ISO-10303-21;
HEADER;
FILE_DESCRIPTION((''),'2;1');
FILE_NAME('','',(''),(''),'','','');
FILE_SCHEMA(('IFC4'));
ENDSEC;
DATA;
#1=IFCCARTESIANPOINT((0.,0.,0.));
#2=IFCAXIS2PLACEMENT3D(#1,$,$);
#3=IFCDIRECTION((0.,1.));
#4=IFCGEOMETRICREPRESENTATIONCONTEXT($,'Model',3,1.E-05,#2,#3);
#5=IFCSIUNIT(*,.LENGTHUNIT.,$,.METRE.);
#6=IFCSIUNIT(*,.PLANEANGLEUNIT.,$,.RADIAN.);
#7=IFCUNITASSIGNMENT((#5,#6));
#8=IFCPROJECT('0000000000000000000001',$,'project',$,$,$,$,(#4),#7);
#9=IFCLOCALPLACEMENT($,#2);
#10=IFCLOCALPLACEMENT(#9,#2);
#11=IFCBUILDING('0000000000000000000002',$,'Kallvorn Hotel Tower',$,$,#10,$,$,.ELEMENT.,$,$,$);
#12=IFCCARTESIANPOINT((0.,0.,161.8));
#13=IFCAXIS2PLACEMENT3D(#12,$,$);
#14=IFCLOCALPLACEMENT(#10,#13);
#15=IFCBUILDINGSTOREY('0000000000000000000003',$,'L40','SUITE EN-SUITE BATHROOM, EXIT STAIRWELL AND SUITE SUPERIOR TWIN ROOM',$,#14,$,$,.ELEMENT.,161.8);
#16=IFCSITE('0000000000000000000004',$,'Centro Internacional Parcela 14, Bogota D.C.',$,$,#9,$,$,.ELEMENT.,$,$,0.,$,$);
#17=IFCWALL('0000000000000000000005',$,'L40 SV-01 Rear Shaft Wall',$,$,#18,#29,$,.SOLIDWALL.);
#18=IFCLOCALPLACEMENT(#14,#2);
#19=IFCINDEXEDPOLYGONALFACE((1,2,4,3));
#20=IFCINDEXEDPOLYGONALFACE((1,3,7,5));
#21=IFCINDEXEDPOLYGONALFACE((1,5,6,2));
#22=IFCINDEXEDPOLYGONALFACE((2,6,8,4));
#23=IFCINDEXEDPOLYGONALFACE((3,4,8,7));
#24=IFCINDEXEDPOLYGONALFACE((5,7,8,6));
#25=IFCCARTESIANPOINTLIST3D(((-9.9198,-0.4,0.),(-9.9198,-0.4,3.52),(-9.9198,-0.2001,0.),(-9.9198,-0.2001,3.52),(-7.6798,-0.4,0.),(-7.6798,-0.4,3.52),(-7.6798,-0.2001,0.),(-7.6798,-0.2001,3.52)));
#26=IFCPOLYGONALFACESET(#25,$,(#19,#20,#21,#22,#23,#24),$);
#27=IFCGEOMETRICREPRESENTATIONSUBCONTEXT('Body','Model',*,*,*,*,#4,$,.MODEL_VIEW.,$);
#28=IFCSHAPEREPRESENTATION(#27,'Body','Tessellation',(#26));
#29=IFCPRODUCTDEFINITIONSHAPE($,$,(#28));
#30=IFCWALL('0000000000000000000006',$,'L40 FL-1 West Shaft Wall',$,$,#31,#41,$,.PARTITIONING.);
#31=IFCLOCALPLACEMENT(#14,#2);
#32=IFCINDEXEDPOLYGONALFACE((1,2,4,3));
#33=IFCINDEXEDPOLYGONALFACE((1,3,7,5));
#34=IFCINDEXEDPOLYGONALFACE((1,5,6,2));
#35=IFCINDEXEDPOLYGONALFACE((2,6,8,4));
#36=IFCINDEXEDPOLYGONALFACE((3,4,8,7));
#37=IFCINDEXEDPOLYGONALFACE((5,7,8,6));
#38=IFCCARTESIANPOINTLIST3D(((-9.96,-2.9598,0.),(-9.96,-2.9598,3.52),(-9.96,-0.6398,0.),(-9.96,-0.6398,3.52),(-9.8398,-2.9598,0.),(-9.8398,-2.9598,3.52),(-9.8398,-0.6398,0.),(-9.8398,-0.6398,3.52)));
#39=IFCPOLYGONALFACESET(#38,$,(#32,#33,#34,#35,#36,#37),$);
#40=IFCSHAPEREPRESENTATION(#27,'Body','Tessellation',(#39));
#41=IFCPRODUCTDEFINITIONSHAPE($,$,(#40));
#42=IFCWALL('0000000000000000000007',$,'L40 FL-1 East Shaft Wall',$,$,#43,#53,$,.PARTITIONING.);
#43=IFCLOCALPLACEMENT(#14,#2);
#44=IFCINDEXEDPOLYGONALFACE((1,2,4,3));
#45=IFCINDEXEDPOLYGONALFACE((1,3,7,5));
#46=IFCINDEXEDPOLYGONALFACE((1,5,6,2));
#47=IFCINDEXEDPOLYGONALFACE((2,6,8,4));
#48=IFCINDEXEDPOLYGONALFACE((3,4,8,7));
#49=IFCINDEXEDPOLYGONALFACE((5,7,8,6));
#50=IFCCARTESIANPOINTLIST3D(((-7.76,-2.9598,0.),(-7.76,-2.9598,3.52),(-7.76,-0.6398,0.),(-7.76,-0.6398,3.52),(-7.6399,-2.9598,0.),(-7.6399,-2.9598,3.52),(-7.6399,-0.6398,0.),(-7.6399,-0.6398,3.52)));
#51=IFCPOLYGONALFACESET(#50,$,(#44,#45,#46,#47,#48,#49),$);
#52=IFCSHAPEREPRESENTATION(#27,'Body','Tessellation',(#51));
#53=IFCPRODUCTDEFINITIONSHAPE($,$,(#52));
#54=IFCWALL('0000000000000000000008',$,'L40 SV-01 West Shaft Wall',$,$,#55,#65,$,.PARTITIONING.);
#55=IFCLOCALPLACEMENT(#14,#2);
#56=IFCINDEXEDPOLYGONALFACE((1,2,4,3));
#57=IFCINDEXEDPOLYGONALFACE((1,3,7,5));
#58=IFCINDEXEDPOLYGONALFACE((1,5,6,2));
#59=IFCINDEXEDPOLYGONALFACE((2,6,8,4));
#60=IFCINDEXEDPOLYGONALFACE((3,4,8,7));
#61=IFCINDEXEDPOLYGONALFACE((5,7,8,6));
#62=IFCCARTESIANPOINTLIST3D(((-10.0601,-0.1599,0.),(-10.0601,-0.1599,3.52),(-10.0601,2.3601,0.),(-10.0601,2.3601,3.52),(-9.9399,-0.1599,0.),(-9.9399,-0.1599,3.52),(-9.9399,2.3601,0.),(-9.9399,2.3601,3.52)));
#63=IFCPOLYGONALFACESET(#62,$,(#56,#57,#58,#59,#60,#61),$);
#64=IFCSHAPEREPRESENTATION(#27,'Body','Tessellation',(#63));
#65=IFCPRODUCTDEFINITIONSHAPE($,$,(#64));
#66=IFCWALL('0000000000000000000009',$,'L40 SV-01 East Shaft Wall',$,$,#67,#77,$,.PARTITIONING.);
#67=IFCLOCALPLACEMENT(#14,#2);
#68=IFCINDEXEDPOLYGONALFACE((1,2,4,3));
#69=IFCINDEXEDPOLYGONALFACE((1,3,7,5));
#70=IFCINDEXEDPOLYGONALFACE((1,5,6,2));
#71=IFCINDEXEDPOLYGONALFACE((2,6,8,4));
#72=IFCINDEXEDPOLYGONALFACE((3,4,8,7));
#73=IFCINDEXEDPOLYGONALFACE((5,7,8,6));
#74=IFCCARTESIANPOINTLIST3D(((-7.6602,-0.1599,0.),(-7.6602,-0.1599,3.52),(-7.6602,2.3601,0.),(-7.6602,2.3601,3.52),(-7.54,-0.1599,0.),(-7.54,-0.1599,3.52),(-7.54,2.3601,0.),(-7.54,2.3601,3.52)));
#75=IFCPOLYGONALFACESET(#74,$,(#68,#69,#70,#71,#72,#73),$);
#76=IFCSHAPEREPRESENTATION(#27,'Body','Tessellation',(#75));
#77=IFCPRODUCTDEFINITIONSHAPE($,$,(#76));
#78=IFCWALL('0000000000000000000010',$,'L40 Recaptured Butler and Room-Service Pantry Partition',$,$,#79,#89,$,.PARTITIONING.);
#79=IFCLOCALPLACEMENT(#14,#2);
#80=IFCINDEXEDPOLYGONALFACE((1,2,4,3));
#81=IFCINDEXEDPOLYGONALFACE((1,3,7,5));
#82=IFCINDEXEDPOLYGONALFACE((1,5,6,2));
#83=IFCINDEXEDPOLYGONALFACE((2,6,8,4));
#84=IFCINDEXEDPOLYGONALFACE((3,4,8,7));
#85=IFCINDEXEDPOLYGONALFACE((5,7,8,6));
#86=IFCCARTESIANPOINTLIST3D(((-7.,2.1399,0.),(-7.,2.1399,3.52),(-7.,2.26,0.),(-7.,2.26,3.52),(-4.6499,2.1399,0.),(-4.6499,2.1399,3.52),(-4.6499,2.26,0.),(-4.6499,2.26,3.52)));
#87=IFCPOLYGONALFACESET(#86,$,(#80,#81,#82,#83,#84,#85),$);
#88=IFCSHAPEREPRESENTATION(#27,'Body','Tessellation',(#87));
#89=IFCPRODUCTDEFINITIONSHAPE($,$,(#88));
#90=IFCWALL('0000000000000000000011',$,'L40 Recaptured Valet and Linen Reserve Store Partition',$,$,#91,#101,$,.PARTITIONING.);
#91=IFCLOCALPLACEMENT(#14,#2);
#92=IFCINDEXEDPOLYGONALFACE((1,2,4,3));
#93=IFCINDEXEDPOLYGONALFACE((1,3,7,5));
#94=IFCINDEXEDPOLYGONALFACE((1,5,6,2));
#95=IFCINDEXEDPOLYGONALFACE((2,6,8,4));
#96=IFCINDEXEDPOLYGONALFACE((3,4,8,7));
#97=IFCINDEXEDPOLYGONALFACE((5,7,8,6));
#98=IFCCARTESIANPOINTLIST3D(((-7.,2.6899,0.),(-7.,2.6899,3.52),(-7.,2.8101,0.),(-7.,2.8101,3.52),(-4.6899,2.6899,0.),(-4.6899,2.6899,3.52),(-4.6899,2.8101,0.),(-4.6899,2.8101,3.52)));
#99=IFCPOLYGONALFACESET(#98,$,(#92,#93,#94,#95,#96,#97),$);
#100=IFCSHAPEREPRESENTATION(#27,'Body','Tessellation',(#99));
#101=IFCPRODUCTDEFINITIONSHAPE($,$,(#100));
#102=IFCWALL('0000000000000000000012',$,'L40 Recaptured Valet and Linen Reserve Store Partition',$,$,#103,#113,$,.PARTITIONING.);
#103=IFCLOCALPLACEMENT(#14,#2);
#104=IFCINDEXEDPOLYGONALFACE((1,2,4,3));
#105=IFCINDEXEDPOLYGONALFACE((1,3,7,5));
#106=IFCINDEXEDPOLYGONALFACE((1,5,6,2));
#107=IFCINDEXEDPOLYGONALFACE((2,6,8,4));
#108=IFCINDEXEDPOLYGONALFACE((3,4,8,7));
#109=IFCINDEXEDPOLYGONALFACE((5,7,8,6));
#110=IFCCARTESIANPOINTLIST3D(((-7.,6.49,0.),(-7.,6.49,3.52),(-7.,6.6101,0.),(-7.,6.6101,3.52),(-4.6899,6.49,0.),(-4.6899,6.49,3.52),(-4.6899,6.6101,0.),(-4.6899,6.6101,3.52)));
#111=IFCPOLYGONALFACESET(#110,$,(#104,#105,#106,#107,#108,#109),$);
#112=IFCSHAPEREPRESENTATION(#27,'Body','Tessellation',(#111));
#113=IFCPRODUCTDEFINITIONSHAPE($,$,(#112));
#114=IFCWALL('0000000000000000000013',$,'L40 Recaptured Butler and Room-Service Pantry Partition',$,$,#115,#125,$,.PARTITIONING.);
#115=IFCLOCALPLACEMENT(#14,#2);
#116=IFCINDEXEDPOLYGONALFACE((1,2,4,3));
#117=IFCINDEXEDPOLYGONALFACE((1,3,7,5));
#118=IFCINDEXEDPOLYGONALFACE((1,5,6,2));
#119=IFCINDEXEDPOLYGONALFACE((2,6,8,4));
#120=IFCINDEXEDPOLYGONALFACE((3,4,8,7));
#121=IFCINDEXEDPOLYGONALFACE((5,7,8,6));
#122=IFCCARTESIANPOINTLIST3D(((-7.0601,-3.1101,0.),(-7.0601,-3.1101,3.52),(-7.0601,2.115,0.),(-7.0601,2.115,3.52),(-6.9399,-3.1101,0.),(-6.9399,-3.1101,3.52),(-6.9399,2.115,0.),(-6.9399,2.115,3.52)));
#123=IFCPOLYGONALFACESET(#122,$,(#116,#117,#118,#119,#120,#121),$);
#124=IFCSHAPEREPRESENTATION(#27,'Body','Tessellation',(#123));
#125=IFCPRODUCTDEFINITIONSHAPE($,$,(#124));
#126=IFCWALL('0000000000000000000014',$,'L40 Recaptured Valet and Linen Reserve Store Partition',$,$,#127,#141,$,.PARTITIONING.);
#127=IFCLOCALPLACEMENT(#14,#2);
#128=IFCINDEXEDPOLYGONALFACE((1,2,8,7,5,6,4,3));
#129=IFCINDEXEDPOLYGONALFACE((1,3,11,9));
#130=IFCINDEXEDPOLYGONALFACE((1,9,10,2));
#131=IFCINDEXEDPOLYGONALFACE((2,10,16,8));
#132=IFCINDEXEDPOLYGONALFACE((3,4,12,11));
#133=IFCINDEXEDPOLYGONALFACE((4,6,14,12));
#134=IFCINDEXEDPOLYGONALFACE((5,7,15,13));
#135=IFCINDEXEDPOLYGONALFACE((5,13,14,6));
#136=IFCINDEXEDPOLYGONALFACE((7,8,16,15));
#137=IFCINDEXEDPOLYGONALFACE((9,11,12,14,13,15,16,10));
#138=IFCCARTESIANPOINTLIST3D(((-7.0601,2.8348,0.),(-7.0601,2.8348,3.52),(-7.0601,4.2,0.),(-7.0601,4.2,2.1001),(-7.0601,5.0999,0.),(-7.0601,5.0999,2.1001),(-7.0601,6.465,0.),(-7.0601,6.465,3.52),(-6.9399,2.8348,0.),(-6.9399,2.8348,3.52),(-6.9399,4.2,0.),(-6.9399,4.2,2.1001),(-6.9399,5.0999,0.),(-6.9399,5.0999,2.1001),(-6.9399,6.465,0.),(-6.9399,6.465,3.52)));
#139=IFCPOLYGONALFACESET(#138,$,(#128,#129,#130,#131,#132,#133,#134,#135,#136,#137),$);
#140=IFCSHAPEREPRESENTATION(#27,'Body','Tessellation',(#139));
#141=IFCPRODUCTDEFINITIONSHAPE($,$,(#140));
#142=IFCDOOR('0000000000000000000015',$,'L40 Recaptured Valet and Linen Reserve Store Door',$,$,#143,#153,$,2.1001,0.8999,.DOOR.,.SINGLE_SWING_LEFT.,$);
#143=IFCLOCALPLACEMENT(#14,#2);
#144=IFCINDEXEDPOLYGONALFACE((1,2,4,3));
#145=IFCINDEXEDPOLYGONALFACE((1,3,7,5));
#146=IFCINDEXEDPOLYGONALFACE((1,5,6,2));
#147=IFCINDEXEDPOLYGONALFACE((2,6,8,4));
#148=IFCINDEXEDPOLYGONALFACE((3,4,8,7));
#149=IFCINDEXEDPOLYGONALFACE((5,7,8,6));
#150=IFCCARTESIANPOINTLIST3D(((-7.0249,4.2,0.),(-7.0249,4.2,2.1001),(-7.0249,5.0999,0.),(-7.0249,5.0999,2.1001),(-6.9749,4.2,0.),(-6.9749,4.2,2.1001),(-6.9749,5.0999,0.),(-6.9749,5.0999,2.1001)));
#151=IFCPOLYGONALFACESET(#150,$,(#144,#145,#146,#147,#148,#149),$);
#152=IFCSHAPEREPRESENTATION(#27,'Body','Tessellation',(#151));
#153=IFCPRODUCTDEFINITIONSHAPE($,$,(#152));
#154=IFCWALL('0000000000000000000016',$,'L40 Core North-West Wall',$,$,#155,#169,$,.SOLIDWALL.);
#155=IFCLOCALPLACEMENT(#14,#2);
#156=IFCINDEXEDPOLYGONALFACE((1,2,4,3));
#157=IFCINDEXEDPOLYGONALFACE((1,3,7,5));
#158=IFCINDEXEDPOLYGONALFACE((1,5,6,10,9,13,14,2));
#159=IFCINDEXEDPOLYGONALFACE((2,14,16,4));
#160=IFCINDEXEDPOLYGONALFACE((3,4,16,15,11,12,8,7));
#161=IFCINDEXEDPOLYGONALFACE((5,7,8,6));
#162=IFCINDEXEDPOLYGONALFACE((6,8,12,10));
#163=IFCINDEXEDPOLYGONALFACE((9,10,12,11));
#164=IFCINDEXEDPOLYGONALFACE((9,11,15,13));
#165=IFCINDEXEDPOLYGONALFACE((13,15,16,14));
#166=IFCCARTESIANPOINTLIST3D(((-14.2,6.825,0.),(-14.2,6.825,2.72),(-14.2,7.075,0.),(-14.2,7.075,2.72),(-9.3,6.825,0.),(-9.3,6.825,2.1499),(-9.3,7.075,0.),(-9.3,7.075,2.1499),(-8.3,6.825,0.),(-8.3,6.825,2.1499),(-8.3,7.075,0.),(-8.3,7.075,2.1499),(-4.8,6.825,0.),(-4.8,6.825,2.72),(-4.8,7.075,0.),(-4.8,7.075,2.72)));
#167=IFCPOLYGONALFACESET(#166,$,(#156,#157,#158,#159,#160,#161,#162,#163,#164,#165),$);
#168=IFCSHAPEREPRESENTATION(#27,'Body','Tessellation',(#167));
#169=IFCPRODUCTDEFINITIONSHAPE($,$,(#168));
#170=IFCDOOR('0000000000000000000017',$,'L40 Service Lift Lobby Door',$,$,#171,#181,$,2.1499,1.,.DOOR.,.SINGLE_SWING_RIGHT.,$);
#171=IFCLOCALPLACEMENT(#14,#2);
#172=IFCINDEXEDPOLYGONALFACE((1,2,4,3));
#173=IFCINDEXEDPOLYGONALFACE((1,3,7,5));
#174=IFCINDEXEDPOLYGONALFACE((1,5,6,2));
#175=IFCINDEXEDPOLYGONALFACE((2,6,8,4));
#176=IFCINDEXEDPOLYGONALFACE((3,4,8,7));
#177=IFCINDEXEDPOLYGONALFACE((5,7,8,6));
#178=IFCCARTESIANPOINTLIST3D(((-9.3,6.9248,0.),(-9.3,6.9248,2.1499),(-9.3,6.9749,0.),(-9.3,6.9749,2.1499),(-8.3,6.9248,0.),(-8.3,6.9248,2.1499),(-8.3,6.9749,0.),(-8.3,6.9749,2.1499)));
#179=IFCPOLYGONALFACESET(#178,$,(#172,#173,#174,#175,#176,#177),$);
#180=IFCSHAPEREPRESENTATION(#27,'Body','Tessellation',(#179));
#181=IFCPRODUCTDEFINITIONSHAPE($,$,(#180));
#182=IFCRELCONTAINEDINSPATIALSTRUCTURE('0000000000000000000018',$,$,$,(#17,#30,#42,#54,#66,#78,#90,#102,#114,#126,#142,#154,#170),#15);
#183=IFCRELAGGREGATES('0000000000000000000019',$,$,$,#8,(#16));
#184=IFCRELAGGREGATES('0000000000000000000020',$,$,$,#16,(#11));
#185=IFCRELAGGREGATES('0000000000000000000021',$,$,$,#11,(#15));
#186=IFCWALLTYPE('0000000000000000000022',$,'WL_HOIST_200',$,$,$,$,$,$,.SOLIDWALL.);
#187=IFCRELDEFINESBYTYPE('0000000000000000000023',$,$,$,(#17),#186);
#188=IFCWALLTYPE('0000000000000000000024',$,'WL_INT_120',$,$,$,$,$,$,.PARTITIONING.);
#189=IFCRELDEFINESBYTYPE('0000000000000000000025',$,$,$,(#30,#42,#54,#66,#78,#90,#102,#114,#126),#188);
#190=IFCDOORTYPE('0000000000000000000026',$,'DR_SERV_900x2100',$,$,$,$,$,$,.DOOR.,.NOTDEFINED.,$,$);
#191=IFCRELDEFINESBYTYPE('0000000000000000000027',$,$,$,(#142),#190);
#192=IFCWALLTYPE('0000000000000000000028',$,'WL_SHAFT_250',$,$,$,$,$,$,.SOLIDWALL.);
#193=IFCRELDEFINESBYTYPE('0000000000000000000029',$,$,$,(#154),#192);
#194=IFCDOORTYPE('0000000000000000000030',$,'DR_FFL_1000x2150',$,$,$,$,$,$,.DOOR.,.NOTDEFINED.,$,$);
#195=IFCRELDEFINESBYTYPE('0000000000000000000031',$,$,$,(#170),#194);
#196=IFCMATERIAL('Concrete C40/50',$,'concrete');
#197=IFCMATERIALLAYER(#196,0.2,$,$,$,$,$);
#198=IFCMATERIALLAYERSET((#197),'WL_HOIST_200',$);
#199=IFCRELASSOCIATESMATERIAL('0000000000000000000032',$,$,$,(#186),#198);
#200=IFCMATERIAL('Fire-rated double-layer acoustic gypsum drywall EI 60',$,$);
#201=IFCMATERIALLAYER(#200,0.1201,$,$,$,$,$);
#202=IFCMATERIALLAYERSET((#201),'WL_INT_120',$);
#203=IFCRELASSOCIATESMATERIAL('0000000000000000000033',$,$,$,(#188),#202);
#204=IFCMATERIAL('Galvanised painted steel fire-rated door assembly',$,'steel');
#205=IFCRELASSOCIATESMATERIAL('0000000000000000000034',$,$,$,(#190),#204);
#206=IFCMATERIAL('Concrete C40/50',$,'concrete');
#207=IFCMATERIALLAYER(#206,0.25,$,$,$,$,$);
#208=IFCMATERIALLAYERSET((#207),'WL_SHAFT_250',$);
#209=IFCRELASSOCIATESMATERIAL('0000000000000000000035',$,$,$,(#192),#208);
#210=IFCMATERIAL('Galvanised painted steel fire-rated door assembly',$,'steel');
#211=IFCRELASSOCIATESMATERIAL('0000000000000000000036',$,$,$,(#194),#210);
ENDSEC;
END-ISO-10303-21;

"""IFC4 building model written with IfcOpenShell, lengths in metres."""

from ifc_helpers import new_model, si_unit, direction, frame, frame_2d, origin, place, context, subcontext, project, spatial, rectangle, extrude, material, layer, layer_set, type_object, element, fill, save


model = new_model("IFC4")

# Units and contexts
model_context = context("Model", 3, precision=1e-05, world=origin(), true_north=direction((0.0, 1.0)))
body_context = subcontext(model_context, "Body", "Model", "MODEL_VIEW")
ifc_project = project(units=[si_unit("LENGTHUNIT", "METRE"), si_unit("PLANEANGLEUNIT", "RADIAN")], contexts=[model_context])

# Site, building, storey
site_placement = place(None, origin())
site = spatial("IfcSite", under=ifc_project, at=site_placement, Name="Centro Internacional Parcela 14, Bogota D.C.", CompositionType="ELEMENT", RefElevation=0.0)
building_placement = place(site_placement, origin())
building = spatial("IfcBuilding", under=site, at=building_placement, Name="Kallvorn Hotel Tower", CompositionType="ELEMENT")
storey_placement = place(building_placement, frame((0.0, 0.0, 161.8)))
storey = spatial("IfcBuildingStorey", under=building, at=storey_placement, Name="L40", Description="SUITE EN-SUITE BATHROOM, EXIT STAIRWELL AND SUITE SUPERIOR TWIN ROOM", CompositionType="ELEMENT", Elevation=161.8)

# Shared definitions
ifc_material_1 = material(Name="Concrete C40/50", Category="concrete")
ifc_layer_1 = layer(ifc_material_1, 0.2)
ifc_layer_set_1 = layer_set([ifc_layer_1], Name="WL_HOIST_200")
wall_type_1 = type_object("IfcWallType", Name="WL_HOIST_200", PredefinedType="SOLIDWALL", material=ifc_layer_set_1)

# Walls
wall_1_placement = place(storey_placement, frame((-9.9199, -0.3, 0.0), z_axis=(0.0, 0.0, 1.0), x_axis=(1.0, 0.0, 0.0)))
element("IfcWall", 1, at=wall_1_placement, inside=storey, type_object=wall_type_1, Name="L40 SV-01 Rear Shaft Wall", PredefinedType="SOLIDWALL", context=body_context, shape_type="SweptSolid", body=[
    extrude(rectangle(XDim=2.24, YDim=0.2, at=frame_2d((1.1201, 0.0))), origin(), (0.0, 0.0, 1.0), 3.52),
])
ifc_material_2 = material(Name="Fire-rated double-layer acoustic gypsum drywall EI 60")
ifc_layer_2 = layer(ifc_material_2, 0.1201)
ifc_layer_set_2 = layer_set([ifc_layer_2], Name="WL_INT_120")
wall_type_2 = type_object("IfcWallType", Name="WL_INT_120", PredefinedType="PARTITIONING", material=ifc_layer_set_2)
for number, where, z_axis, x_axis, name in (
    (2, (-9.8999, -2.96, 0.0), (0.0, 0.0, 1.0), (0.0, 1.0, 0.0), "L40 FL-1 West Shaft Wall"),
    (3, (-7.7, -2.96, 0.0), (0.0, 0.0, 1.0), (0.0, 1.0, 0.0), "L40 FL-1 East Shaft Wall"),
):
    element("IfcWall", number, at=place(storey_placement, frame(where, z_axis=z_axis, x_axis=x_axis)), inside=storey, type_object=wall_type_2, Name=name, PredefinedType="PARTITIONING", context=body_context, shape_type="SweptSolid", body=[
        extrude(rectangle(XDim=2.3201, YDim=0.1201, at=frame_2d((1.1602, 0.0))), origin(), (0.0, 0.0, 1.0), 3.52),
    ])
for number, where, z_axis, x_axis, name in (
    (4, (-10.0, -0.1599, 0.0), (0.0, 0.0, 1.0), (0.0, 1.0, 0.0), "L40 SV-01 West Shaft Wall"),
    (5, (-7.6001, -0.1599, 0.0), (0.0, 0.0, 1.0), (0.0, 1.0, 0.0), "L40 SV-01 East Shaft Wall"),
):
    element("IfcWall", number, at=place(storey_placement, frame(where, z_axis=z_axis, x_axis=x_axis)), inside=storey, type_object=wall_type_2, Name=name, PredefinedType="PARTITIONING", context=body_context, shape_type="SweptSolid", body=[
        extrude(rectangle(XDim=2.52, YDim=0.1201, at=frame_2d((1.26, 0.0))), origin(), (0.0, 0.0, 1.0), 3.52),
    ])
wall_2_placement = place(storey_placement, frame((-7.0, 2.2, 0.0), z_axis=(0.0, 0.0, 1.0), x_axis=(1.0, 0.0, 0.0)))
element("IfcWall", 6, at=wall_2_placement, inside=storey, type_object=wall_type_2, Name="L40 Recaptured Butler and Room-Service Pantry Partition", PredefinedType="PARTITIONING", context=body_context, shape_type="SweptSolid", body=[
    extrude(rectangle(XDim=2.3501, YDim=0.1201, at=frame_2d((1.175, 0.0))), origin(), (0.0, 0.0, 1.0), 3.52),
])
for number, where, z_axis, x_axis, name in (
    (7, (-7.0, 2.75, 0.0), (0.0, 0.0, 1.0), (1.0, 0.0, 0.0), "L40 Recaptured Valet and Linen Reserve Store Partition"),
    (8, (-7.0, 6.55, 0.0), (0.0, 0.0, 1.0), (1.0, 0.0, 0.0), "L40 Recaptured Valet and Linen Reserve Store Partition"),
):
    element("IfcWall", number, at=place(storey_placement, frame(where, z_axis=z_axis, x_axis=x_axis)), inside=storey, type_object=wall_type_2, Name=name, PredefinedType="PARTITIONING", context=body_context, shape_type="SweptSolid", body=[
        extrude(rectangle(XDim=2.3101, YDim=0.1201, at=frame_2d((1.155, 0.0))), origin(), (0.0, 0.0, 1.0), 3.52),
    ])
wall_3_placement = place(storey_placement, frame((-7.0, -3.1101, 0.0), z_axis=(0.0, 0.0, 1.0), x_axis=(0.0, 1.0, 0.0)))
element("IfcWall", 9, at=wall_3_placement, inside=storey, type_object=wall_type_2, Name="L40 Recaptured Butler and Room-Service Pantry Partition", PredefinedType="PARTITIONING", context=body_context, shape_type="SweptSolid", body=[
    extrude(rectangle(XDim=5.2251, YDim=0.1201, at=frame_2d((2.6125, 0.0))), origin(), (0.0, 0.0, 1.0), 3.52),
])

# Walls, openings, doors
wall_4_placement = place(storey_placement, frame((-7.0, 2.835, 0.0), z_axis=(0.0, 0.0, 1.0), x_axis=(0.0, 1.0, 0.0)))
wall_4 = element("IfcWall", 10, at=wall_4_placement, inside=storey, type_object=wall_type_2, Name="L40 Recaptured Valet and Linen Reserve Store Partition", PredefinedType="PARTITIONING", context=body_context, shape_type="SweptSolid", body=[
    extrude(rectangle(XDim=3.6301, YDim=0.1201, at=frame_2d((1.8149, 0.0))), origin(), (0.0, 0.0, 1.0), 3.52),
])
opening_1_placement = place(wall_4_placement, frame((1.365, 0.0, 0.0)))
opening_1 = element("IfcOpeningElement", 11, at=opening_1_placement, cuts=wall_4, PredefinedType="OPENING", context=body_context, shape_type="SweptSolid", body=[
    extrude(rectangle(XDim=0.8999, YDim=2.1001, at=frame_2d((0.45, 1.05))), frame((0.0, 0.075, 0.0), z_axis=(0.0, -1.0, 0.0), x_axis=(1.0, 0.0, 0.0)), (0.0, 0.0, 1.0), 0.1501),
])
ifc_material_3 = material(Name="Galvanised painted steel fire-rated door assembly", Category="steel")
door_type_1 = type_object("IfcDoorType", Name="DR_SERV_900x2100", OperationType="NOTDEFINED", PredefinedType="DOOR", material=ifc_material_3)
door_1_placement = place(opening_1_placement, origin())
door_1 = element("IfcDoor", 12, at=door_1_placement, inside=storey, type_object=door_type_1, Name="L40 Recaptured Valet and Linen Reserve Store Door", OperationType="SINGLE_SWING_LEFT", OverallHeight=2.1001, OverallWidth=0.8999, PredefinedType="DOOR", context=body_context, shape_type="SweptSolid", body=[
    extrude(rectangle(XDim=0.8999, YDim=2.1001, at=frame_2d((0.45, 1.05))), frame((0.0, 0.0249, 0.0), z_axis=(0.0, -1.0, 0.0), x_axis=(1.0, 0.0, 0.0)), (0.0, 0.0, 1.0), 0.05),
])
fill(opening_1, door_1)
ifc_material_4 = material(Name="Concrete C40/50", Category="concrete")
ifc_layer_3 = layer(ifc_material_4, 0.25)
ifc_layer_set_3 = layer_set([ifc_layer_3], Name="WL_SHAFT_250")
wall_type_3 = type_object("IfcWallType", Name="WL_SHAFT_250", PredefinedType="SOLIDWALL", material=ifc_layer_set_3)
wall_5_placement = place(storey_placement, frame((-14.2, 6.95, 0.0), z_axis=(0.0, 0.0, 1.0), x_axis=(1.0, 0.0, 0.0)))
wall_5 = element("IfcWall", 13, at=wall_5_placement, inside=storey, type_object=wall_type_3, Name="L40 Core North-West Wall", PredefinedType="SOLIDWALL", context=body_context, shape_type="SweptSolid", body=[
    extrude(rectangle(XDim=9.3999, YDim=0.25, at=frame_2d((4.7, 0.0))), origin(), (0.0, 0.0, 1.0), 2.72),
])
opening_2_placement = place(wall_5_placement, frame((4.8999, 0.0, 0.0)))
opening_2 = element("IfcOpeningElement", 14, at=opening_2_placement, cuts=wall_5, PredefinedType="OPENING", context=body_context, shape_type="SweptSolid", body=[
    extrude(rectangle(XDim=1.0, YDim=2.1499, at=frame_2d((0.5, 1.075))), frame((0.0, 0.1399, 0.0), z_axis=(0.0, -1.0, 0.0), x_axis=(1.0, 0.0, 0.0)), (0.0, 0.0, 1.0), 0.28),
])
ifc_material_5 = material(Name="Galvanised painted steel fire-rated door assembly", Category="steel")
door_type_2 = type_object("IfcDoorType", Name="DR_FFL_1000x2150", OperationType="NOTDEFINED", PredefinedType="DOOR", material=ifc_material_5)
door_2_placement = place(opening_2_placement, origin())
door_2 = element("IfcDoor", 15, at=door_2_placement, inside=storey, type_object=door_type_2, Name="L40 Service Lift Lobby Door", OperationType="SINGLE_SWING_RIGHT", OverallHeight=2.1499, OverallWidth=1.0, PredefinedType="DOOR", context=body_context, shape_type="SweptSolid", body=[
    extrude(rectangle(XDim=1.0, YDim=2.1499, at=frame_2d((0.5, 1.075))), frame((0.0, 0.0249, 0.0), z_axis=(0.0, -1.0, 0.0), x_axis=(1.0, 0.0, 0.0)), (0.0, 0.0, 1.0), 0.05),
])
fill(opening_2, door_2)

save(model, "model.ifc")
